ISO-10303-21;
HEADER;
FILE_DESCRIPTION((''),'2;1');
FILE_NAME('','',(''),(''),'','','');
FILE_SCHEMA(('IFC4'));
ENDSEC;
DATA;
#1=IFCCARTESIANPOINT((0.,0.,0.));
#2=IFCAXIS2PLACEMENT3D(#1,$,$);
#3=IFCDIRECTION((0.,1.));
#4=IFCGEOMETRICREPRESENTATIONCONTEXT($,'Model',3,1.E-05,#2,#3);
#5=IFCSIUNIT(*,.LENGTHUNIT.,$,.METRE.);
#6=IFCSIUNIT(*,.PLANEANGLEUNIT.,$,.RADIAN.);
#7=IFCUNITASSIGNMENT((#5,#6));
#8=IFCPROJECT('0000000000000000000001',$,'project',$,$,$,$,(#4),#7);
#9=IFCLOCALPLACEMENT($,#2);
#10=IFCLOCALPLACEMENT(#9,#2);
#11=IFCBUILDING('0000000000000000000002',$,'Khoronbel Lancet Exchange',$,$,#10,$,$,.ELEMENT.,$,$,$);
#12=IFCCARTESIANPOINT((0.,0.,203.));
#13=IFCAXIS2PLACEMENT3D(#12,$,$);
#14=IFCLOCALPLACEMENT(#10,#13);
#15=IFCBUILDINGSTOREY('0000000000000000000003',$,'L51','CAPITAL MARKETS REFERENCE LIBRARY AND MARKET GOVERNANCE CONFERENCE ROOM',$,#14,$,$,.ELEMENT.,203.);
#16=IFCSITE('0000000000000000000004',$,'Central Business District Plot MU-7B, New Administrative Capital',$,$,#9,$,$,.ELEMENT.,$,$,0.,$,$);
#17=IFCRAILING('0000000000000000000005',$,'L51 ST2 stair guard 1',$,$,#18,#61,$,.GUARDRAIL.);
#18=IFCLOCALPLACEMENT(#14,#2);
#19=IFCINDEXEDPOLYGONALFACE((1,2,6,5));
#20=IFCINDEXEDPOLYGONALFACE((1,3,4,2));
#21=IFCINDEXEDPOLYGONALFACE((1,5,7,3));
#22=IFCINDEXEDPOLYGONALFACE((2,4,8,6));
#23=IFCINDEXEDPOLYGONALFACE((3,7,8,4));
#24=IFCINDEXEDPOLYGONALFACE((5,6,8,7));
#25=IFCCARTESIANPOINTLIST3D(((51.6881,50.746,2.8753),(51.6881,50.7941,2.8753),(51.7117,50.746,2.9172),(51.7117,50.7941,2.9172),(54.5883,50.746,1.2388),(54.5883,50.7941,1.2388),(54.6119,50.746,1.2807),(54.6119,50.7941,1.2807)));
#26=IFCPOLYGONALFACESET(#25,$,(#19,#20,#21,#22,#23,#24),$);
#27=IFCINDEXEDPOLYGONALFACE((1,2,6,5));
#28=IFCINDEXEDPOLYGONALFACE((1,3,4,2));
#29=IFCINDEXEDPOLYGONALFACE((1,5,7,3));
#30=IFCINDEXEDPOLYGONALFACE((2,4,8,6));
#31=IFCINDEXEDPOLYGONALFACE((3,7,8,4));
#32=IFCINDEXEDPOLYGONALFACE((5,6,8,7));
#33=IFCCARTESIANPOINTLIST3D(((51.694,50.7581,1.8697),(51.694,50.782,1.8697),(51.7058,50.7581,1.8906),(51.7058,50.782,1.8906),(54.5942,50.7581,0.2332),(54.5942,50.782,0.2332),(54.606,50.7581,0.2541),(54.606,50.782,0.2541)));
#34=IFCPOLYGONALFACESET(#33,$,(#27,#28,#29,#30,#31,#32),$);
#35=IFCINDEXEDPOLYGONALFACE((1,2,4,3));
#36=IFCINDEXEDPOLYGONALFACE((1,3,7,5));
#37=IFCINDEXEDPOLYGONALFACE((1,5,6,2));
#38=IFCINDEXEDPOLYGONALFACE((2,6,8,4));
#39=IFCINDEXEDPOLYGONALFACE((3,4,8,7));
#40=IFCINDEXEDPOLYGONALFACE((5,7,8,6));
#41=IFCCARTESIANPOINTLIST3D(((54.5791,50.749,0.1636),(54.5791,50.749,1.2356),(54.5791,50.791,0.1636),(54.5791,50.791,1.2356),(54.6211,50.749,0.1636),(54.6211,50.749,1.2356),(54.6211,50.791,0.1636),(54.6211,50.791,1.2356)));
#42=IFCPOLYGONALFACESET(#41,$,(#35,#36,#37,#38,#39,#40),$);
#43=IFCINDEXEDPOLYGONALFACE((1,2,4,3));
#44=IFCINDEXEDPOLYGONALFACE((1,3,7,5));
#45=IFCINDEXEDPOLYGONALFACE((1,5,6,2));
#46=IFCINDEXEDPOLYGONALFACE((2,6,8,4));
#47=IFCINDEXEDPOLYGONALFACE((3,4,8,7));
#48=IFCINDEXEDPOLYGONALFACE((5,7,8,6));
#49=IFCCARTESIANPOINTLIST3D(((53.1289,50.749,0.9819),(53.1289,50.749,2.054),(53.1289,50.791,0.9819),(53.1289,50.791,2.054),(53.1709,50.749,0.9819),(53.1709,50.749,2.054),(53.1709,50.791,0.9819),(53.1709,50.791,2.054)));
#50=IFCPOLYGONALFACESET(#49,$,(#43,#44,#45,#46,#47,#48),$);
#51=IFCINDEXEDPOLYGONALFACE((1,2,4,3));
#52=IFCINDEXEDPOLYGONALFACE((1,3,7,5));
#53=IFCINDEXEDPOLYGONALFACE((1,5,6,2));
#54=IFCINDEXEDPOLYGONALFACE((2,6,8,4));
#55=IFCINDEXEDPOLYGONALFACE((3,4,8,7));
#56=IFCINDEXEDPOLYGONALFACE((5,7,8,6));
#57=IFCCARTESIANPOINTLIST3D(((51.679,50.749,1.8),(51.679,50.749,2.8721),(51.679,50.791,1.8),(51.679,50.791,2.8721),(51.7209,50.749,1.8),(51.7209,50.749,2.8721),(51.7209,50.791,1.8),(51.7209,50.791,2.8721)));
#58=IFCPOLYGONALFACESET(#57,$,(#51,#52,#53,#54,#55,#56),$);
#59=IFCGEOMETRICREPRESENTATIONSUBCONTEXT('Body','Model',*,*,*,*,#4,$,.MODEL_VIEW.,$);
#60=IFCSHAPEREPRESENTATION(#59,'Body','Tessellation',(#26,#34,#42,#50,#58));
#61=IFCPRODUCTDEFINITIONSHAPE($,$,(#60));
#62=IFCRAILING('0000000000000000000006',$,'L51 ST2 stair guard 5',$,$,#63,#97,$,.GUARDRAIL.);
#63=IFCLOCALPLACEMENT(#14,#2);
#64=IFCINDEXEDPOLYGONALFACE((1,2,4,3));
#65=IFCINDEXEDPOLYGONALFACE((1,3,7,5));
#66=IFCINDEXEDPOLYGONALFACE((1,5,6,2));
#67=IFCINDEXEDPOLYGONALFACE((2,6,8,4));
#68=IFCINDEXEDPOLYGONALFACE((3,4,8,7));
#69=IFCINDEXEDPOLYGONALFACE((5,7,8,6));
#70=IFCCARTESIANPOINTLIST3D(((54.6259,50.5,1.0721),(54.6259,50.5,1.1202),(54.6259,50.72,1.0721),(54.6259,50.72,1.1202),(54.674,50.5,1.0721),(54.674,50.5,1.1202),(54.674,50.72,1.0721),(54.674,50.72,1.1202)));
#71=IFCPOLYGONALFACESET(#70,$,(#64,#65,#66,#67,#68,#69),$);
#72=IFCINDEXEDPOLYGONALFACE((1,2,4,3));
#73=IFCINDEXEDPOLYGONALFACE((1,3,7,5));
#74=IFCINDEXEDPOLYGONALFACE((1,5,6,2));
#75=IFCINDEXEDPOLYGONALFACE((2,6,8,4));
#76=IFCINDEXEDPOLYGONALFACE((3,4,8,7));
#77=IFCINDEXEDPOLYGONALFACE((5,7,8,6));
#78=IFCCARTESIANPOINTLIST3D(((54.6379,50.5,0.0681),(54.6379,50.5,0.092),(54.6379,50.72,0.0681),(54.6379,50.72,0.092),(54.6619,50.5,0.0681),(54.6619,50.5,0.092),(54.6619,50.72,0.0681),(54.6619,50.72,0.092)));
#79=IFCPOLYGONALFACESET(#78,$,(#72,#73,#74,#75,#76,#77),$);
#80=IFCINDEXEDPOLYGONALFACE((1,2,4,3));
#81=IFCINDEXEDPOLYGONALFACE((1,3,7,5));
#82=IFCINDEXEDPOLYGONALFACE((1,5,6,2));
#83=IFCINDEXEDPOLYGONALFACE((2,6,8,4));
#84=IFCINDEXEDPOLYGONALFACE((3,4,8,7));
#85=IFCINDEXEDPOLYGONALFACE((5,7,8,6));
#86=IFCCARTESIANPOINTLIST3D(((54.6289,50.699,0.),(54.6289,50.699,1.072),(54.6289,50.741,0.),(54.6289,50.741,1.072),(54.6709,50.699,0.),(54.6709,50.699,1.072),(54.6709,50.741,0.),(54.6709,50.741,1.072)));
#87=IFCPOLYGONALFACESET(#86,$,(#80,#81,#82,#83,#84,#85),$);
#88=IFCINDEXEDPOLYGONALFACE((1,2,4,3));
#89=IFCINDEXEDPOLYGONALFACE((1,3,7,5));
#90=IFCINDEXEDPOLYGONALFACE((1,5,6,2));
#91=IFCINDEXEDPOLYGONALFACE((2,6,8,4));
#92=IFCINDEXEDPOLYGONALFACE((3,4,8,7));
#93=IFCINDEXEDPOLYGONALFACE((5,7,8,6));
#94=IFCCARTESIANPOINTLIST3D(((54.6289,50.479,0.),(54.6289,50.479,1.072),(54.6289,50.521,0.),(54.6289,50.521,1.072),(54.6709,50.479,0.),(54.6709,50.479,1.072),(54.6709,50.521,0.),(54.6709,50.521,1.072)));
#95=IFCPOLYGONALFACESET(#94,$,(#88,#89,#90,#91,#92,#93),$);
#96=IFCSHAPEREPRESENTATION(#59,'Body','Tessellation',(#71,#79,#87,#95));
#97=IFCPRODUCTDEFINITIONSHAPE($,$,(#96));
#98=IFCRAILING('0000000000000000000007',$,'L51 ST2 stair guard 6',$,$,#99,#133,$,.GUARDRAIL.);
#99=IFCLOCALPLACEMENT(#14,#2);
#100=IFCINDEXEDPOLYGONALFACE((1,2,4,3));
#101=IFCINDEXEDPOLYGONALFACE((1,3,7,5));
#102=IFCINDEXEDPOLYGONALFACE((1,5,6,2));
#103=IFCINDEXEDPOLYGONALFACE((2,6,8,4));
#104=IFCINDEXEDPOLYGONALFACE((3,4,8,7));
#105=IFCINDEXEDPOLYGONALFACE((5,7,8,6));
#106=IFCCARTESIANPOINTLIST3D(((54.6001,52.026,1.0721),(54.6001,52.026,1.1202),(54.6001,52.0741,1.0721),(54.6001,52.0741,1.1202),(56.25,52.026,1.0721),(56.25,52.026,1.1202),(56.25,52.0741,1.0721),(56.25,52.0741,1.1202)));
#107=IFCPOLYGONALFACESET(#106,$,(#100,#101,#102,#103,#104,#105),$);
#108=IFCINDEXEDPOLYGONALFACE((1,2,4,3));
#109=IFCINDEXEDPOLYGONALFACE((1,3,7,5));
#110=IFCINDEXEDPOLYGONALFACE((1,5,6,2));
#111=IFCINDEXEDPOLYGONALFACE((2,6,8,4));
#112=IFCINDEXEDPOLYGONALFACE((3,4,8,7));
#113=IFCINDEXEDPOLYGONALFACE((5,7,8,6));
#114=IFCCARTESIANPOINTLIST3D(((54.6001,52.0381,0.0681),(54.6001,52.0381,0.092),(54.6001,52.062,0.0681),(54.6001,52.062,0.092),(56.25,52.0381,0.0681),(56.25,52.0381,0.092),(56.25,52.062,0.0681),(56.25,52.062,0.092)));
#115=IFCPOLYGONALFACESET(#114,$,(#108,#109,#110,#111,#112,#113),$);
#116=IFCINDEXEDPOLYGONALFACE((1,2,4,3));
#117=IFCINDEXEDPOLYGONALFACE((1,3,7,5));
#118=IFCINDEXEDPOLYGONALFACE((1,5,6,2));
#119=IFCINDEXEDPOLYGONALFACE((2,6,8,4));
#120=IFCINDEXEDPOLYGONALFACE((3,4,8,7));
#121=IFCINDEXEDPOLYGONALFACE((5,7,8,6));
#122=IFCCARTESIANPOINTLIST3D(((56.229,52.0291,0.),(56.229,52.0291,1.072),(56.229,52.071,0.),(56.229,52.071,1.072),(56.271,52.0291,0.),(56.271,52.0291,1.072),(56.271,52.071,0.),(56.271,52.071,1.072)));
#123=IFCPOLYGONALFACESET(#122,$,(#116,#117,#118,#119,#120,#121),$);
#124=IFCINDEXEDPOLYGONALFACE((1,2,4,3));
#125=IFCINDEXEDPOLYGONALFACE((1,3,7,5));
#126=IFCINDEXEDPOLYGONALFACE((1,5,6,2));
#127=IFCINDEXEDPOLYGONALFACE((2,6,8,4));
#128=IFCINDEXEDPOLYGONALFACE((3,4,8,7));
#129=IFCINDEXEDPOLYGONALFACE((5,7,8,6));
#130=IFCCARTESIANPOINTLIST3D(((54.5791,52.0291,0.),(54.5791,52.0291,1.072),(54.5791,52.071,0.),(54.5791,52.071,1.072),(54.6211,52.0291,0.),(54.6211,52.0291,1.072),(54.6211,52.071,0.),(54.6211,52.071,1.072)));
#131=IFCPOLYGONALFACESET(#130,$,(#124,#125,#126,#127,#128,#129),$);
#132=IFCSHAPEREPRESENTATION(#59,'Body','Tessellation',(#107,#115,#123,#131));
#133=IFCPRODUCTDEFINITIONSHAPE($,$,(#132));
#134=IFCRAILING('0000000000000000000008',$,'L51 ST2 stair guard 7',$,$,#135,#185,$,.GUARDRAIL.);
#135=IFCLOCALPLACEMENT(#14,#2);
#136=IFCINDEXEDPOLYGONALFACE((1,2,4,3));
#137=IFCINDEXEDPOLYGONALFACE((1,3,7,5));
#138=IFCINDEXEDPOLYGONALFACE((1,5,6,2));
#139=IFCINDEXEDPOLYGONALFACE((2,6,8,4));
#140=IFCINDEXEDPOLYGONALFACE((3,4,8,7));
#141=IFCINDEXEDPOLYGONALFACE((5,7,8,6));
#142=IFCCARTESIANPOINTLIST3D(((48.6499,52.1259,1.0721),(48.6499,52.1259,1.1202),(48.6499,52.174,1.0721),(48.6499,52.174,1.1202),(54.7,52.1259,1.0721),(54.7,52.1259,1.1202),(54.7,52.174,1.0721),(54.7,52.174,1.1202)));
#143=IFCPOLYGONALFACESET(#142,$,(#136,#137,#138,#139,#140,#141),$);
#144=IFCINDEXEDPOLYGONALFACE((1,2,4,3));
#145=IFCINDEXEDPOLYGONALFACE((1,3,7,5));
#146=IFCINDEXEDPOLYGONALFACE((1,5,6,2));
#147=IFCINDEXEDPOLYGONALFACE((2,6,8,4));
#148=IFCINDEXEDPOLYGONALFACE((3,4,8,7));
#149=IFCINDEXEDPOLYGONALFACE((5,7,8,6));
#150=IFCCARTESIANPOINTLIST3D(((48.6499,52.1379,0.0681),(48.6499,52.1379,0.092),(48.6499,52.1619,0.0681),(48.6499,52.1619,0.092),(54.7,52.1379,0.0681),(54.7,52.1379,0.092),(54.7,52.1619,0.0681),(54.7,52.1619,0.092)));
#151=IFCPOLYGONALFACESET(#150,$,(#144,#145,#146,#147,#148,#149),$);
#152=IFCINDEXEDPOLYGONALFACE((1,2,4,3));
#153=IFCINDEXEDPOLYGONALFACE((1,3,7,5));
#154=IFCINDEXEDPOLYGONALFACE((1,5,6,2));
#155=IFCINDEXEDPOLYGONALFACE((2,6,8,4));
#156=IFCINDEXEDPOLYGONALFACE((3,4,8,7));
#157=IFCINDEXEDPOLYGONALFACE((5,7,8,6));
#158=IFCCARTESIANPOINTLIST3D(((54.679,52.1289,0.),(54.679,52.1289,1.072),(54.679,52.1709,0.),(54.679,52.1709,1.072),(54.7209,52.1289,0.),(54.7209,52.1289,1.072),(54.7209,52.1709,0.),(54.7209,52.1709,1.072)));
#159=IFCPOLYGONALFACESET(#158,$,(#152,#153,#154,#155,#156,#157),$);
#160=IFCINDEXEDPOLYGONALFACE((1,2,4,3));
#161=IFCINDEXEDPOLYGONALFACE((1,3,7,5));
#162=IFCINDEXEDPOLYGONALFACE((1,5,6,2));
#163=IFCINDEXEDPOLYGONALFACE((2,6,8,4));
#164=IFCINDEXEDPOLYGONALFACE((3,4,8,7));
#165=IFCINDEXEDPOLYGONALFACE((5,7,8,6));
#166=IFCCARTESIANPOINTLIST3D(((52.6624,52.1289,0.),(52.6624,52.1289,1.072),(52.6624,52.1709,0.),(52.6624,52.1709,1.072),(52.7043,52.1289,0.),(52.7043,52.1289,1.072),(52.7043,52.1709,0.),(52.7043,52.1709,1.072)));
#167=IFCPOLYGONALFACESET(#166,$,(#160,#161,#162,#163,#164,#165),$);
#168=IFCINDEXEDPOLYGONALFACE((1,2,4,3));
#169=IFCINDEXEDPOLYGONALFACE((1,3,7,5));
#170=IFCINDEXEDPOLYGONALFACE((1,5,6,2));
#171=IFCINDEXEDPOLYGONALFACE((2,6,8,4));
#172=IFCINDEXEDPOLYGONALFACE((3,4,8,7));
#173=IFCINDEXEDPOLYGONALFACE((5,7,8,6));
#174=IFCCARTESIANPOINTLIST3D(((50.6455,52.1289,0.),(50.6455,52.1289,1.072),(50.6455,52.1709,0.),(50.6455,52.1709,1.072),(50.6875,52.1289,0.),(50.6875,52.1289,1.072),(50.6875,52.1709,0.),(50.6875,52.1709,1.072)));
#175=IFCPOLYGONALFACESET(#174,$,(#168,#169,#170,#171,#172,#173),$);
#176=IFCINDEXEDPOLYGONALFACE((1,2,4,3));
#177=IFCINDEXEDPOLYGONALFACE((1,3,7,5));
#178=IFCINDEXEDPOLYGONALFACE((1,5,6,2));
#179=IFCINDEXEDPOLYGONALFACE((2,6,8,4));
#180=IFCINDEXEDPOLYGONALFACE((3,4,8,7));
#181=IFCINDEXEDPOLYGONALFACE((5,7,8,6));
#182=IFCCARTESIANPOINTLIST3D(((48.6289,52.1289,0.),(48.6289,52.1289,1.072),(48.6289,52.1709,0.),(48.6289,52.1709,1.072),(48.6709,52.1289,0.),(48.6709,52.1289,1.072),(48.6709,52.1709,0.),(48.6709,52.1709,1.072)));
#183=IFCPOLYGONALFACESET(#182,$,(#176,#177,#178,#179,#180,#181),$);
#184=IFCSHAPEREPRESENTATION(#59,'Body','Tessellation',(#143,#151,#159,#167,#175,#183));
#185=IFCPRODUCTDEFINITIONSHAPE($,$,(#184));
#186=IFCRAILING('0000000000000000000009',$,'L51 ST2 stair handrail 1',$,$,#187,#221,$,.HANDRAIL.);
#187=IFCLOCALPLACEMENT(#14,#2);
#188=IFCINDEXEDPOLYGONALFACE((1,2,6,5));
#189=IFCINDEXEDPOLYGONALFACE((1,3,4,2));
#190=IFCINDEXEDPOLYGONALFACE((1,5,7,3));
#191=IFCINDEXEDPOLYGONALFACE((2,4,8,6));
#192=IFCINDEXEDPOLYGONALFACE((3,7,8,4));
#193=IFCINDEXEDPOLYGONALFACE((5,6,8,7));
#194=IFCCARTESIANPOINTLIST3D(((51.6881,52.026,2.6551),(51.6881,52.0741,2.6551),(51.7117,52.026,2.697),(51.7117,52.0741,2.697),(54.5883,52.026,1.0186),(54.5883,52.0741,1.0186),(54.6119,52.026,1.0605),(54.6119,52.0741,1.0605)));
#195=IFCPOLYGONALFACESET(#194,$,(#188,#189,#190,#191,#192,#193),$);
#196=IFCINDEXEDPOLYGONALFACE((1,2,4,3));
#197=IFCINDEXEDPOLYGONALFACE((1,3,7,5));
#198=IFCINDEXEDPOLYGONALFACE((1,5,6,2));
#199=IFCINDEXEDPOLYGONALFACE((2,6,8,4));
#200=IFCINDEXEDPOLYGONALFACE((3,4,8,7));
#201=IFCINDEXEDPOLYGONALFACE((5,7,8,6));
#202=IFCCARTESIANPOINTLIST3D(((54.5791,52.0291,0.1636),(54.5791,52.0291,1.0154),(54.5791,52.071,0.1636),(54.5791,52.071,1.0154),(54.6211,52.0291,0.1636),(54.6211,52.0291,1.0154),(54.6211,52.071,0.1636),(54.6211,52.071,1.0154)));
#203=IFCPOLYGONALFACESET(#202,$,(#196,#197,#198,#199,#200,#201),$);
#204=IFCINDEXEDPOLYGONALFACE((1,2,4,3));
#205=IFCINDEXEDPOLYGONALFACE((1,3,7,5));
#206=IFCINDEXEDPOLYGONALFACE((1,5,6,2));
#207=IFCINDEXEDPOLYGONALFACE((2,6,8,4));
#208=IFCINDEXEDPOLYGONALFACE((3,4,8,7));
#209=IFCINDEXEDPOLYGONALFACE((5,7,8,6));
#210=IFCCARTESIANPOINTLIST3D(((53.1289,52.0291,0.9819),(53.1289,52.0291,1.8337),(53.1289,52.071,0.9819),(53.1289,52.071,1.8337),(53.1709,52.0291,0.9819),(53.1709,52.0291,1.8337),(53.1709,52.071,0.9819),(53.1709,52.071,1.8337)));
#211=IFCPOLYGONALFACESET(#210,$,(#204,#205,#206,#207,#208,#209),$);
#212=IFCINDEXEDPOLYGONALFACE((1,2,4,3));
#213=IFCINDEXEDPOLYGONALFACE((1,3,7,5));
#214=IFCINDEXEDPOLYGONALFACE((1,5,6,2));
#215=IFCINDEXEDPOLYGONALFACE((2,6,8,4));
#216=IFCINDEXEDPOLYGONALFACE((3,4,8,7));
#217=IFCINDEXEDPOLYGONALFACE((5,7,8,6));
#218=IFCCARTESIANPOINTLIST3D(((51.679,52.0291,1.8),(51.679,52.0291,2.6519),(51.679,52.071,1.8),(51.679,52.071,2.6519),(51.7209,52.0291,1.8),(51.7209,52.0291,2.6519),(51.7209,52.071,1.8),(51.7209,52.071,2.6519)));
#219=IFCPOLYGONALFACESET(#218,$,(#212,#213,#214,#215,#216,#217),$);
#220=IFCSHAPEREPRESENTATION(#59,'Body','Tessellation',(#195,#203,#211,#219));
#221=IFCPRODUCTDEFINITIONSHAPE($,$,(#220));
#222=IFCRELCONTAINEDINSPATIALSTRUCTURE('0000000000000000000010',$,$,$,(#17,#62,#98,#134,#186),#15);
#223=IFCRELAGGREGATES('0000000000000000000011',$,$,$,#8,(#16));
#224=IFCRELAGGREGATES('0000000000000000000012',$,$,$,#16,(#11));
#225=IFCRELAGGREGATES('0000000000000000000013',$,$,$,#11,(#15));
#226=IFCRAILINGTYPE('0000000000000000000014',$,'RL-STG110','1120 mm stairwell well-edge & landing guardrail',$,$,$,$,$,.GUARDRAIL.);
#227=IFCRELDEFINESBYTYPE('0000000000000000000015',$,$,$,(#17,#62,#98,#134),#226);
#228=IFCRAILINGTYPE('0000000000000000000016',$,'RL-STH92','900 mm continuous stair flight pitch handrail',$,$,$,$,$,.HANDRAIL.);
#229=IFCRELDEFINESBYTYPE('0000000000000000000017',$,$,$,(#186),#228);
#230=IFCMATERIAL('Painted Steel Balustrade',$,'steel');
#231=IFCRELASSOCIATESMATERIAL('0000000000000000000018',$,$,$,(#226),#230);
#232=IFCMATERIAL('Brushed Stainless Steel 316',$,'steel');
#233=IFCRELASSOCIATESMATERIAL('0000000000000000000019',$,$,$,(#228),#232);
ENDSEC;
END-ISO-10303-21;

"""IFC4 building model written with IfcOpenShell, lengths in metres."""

from ifc_helpers import new_model, si_unit, direction, frame, origin, origin_2d, place, context, subcontext, project, spatial, rectangle, extrude, material, type_object, element, save


model = new_model("IFC4")

# Units and contexts
model_context = context("Model", 3, precision=1e-05, world=origin(), true_north=direction((0.0, 1.0)))
body_context = subcontext(model_context, "Body", "Model", "MODEL_VIEW")
ifc_project = project(units=[si_unit("LENGTHUNIT", "METRE"), si_unit("PLANEANGLEUNIT", "RADIAN")], contexts=[model_context])

# Site, building, storey
site_placement = place(None, origin())
site = spatial("IfcSite", under=ifc_project, at=site_placement, Name="Central Business District Plot MU-7B, New Administrative Capital", CompositionType="ELEMENT", RefElevation=0.0)
building_placement = place(site_placement, origin())
building = spatial("IfcBuilding", under=site, at=building_placement, Name="Khoronbel Lancet Exchange", CompositionType="ELEMENT")
storey_placement = place(building_placement, frame((0.0, 0.0, 203.0)))
storey = spatial("IfcBuildingStorey", under=building, at=storey_placement, Name="L51", Description="CAPITAL MARKETS REFERENCE LIBRARY AND MARKET GOVERNANCE CONFERENCE ROOM", CompositionType="ELEMENT", Elevation=203.0)

# Railings
ifc_material_1 = material(Name="Painted Steel Balustrade", Category="steel")
railing_type_1 = type_object("IfcRailingType", Name="RL-STG110", Description="1120 mm stairwell well-edge & landing guardrail", PredefinedType="GUARDRAIL", material=ifc_material_1)
railing_1_placement = place(storey_placement, frame((54.6001, 50.77, 0.1636)))
element("IfcRailing", 1, at=railing_1_placement, inside=storey, type_object=railing_type_1, Name="L51 ST2 stair guard 1", PredefinedType="GUARDRAIL", context=body_context, shape_type="SweptSolid", body=[
    extrude(rectangle(XDim=0.0481, YDim=0.0481, at=origin_2d()), frame((0.0, 0.0, 1.0962), z_axis=(-0.870915, 0.0, 0.491434), x_axis=(0.0, -1.0, 0.0)), (0.0, 0.0, 1.0), 3.3301),
    extrude(rectangle(XDim=0.0239, YDim=0.0239, at=origin_2d()), frame((0.0, 0.0, 0.0801), z_axis=(-0.870915, 0.0, 0.491434), x_axis=(0.0, -1.0, 0.0)), (0.0, 0.0, 1.0), 3.3301),
    extrude(rectangle(XDim=0.042, YDim=0.042, at=origin_2d()), origin(), (0.0, 0.0, 1.0), 1.072),
    extrude(rectangle(XDim=0.042, YDim=0.042, at=origin_2d()), frame((-1.4502, 0.0, 0.8184)), (0.0, 0.0, 1.0), 1.072),
    extrude(rectangle(XDim=0.042, YDim=0.042, at=origin_2d()), frame((-2.9001, 0.0, 1.6365)), (0.0, 0.0, 1.0), 1.072),
])
railing_2_placement = place(storey_placement, frame((54.6499, 50.72, 0.0)))
element("IfcRailing", 2, at=railing_2_placement, inside=storey, type_object=railing_type_1, Name="L51 ST2 stair guard 5", PredefinedType="GUARDRAIL", context=body_context, shape_type="SweptSolid", body=[
    extrude(rectangle(XDim=0.0481, YDim=0.0481, at=origin_2d()), frame((0.0, 0.0, 1.0962), z_axis=(0.0, -1.0, 0.0), x_axis=(1.0, 0.0, 0.0)), (0.0, 0.0, 1.0), 0.22),
    extrude(rectangle(XDim=0.0239, YDim=0.0239, at=origin_2d()), frame((0.0, 0.0, 0.0801), z_axis=(0.0, -1.0, 0.0), x_axis=(1.0, 0.0, 0.0)), (0.0, 0.0, 1.0), 0.22),
    extrude(rectangle(XDim=0.042, YDim=0.042, at=origin_2d()), origin(), (0.0, 0.0, 1.0), 1.072),
    extrude(rectangle(XDim=0.042, YDim=0.042, at=origin_2d()), frame((0.0, -0.22, 0.0)), (0.0, 0.0, 1.0), 1.072),
])
railing_3_placement = place(storey_placement, frame((56.25, 52.05, 0.0)))
element("IfcRailing", 3, at=railing_3_placement, inside=storey, type_object=railing_type_1, Name="L51 ST2 stair guard 6", PredefinedType="GUARDRAIL", context=body_context, shape_type="SweptSolid", body=[
    extrude(rectangle(XDim=0.0481, YDim=0.0481, at=origin_2d()), frame((0.0, 0.0, 1.0962), z_axis=(-1.0, 0.0, 0.0), x_axis=(0.0, -1.0, 0.0)), (0.0, 0.0, 1.0), 1.6499),
    extrude(rectangle(XDim=0.0239, YDim=0.0239, at=origin_2d()), frame((0.0, 0.0, 0.0801), z_axis=(-1.0, 0.0, 0.0), x_axis=(0.0, -1.0, 0.0)), (0.0, 0.0, 1.0), 1.6499),
    extrude(rectangle(XDim=0.042, YDim=0.042, at=origin_2d()), origin(), (0.0, 0.0, 1.0), 1.072),
    extrude(rectangle(XDim=0.042, YDim=0.042, at=origin_2d()), frame((-1.6499, 0.0, 0.0)), (0.0, 0.0, 1.0), 1.072),
])
railing_4_placement = place(storey_placement, frame((54.7, 52.1499, 0.0)))
element("IfcRailing", 4, at=railing_4_placement, inside=storey, type_object=railing_type_1, Name="L51 ST2 stair guard 7", PredefinedType="GUARDRAIL", context=body_context, shape_type="SweptSolid", body=[
    extrude(rectangle(XDim=0.0481, YDim=0.0481, at=origin_2d()), frame((0.0, 0.0, 1.0962), z_axis=(-1.0, 0.0, 0.0), x_axis=(0.0, -1.0, 0.0)), (0.0, 0.0, 1.0), 6.05),
    extrude(rectangle(XDim=0.0239, YDim=0.0239, at=origin_2d()), frame((0.0, 0.0, 0.0801), z_axis=(-1.0, 0.0, 0.0), x_axis=(0.0, -1.0, 0.0)), (0.0, 0.0, 1.0), 6.05),
    extrude(rectangle(XDim=0.042, YDim=0.042, at=origin_2d()), origin(), (0.0, 0.0, 1.0), 1.072),
    extrude(rectangle(XDim=0.042, YDim=0.042, at=origin_2d()), frame((-2.0166, 0.0, 0.0)), (0.0, 0.0, 1.0), 1.072),
    extrude(rectangle(XDim=0.042, YDim=0.042, at=origin_2d()), frame((-4.0334, 0.0, 0.0)), (0.0, 0.0, 1.0), 1.072),
    extrude(rectangle(XDim=0.042, YDim=0.042, at=origin_2d()), frame((-6.05, 0.0, 0.0)), (0.0, 0.0, 1.0), 1.072),
])
ifc_material_2 = material(Name="Brushed Stainless Steel 316", Category="steel")
railing_type_2 = type_object("IfcRailingType", Name="RL-STH92", Description="900 mm continuous stair flight pitch handrail", PredefinedType="HANDRAIL", material=ifc_material_2)
railing_5_placement = place(storey_placement, frame((54.6001, 52.05, 0.1636)))
element("IfcRailing", 5, at=railing_5_placement, inside=storey, type_object=railing_type_2, Name="L51 ST2 stair handrail 1", PredefinedType="HANDRAIL", context=body_context, shape_type="SweptSolid", body=[
    extrude(rectangle(XDim=0.0481, YDim=0.0481, at=origin_2d()), frame((0.0, 0.0, 0.876), z_axis=(-0.870915, 0.0, 0.491434), x_axis=(0.0, -1.0, 0.0)), (0.0, 0.0, 1.0), 3.3301),
    extrude(rectangle(XDim=0.042, YDim=0.042, at=origin_2d()), origin(), (0.0, 0.0, 1.0), 0.8518),
    extrude(rectangle(XDim=0.042, YDim=0.042, at=origin_2d()), frame((-1.4502, 0.0, 0.8184)), (0.0, 0.0, 1.0), 0.8518),
    extrude(rectangle(XDim=0.042, YDim=0.042, at=origin_2d()), frame((-2.9001, 0.0, 1.6365)), (0.0, 0.0, 1.0), 0.8518),
])

save(model, "model.ifc")
